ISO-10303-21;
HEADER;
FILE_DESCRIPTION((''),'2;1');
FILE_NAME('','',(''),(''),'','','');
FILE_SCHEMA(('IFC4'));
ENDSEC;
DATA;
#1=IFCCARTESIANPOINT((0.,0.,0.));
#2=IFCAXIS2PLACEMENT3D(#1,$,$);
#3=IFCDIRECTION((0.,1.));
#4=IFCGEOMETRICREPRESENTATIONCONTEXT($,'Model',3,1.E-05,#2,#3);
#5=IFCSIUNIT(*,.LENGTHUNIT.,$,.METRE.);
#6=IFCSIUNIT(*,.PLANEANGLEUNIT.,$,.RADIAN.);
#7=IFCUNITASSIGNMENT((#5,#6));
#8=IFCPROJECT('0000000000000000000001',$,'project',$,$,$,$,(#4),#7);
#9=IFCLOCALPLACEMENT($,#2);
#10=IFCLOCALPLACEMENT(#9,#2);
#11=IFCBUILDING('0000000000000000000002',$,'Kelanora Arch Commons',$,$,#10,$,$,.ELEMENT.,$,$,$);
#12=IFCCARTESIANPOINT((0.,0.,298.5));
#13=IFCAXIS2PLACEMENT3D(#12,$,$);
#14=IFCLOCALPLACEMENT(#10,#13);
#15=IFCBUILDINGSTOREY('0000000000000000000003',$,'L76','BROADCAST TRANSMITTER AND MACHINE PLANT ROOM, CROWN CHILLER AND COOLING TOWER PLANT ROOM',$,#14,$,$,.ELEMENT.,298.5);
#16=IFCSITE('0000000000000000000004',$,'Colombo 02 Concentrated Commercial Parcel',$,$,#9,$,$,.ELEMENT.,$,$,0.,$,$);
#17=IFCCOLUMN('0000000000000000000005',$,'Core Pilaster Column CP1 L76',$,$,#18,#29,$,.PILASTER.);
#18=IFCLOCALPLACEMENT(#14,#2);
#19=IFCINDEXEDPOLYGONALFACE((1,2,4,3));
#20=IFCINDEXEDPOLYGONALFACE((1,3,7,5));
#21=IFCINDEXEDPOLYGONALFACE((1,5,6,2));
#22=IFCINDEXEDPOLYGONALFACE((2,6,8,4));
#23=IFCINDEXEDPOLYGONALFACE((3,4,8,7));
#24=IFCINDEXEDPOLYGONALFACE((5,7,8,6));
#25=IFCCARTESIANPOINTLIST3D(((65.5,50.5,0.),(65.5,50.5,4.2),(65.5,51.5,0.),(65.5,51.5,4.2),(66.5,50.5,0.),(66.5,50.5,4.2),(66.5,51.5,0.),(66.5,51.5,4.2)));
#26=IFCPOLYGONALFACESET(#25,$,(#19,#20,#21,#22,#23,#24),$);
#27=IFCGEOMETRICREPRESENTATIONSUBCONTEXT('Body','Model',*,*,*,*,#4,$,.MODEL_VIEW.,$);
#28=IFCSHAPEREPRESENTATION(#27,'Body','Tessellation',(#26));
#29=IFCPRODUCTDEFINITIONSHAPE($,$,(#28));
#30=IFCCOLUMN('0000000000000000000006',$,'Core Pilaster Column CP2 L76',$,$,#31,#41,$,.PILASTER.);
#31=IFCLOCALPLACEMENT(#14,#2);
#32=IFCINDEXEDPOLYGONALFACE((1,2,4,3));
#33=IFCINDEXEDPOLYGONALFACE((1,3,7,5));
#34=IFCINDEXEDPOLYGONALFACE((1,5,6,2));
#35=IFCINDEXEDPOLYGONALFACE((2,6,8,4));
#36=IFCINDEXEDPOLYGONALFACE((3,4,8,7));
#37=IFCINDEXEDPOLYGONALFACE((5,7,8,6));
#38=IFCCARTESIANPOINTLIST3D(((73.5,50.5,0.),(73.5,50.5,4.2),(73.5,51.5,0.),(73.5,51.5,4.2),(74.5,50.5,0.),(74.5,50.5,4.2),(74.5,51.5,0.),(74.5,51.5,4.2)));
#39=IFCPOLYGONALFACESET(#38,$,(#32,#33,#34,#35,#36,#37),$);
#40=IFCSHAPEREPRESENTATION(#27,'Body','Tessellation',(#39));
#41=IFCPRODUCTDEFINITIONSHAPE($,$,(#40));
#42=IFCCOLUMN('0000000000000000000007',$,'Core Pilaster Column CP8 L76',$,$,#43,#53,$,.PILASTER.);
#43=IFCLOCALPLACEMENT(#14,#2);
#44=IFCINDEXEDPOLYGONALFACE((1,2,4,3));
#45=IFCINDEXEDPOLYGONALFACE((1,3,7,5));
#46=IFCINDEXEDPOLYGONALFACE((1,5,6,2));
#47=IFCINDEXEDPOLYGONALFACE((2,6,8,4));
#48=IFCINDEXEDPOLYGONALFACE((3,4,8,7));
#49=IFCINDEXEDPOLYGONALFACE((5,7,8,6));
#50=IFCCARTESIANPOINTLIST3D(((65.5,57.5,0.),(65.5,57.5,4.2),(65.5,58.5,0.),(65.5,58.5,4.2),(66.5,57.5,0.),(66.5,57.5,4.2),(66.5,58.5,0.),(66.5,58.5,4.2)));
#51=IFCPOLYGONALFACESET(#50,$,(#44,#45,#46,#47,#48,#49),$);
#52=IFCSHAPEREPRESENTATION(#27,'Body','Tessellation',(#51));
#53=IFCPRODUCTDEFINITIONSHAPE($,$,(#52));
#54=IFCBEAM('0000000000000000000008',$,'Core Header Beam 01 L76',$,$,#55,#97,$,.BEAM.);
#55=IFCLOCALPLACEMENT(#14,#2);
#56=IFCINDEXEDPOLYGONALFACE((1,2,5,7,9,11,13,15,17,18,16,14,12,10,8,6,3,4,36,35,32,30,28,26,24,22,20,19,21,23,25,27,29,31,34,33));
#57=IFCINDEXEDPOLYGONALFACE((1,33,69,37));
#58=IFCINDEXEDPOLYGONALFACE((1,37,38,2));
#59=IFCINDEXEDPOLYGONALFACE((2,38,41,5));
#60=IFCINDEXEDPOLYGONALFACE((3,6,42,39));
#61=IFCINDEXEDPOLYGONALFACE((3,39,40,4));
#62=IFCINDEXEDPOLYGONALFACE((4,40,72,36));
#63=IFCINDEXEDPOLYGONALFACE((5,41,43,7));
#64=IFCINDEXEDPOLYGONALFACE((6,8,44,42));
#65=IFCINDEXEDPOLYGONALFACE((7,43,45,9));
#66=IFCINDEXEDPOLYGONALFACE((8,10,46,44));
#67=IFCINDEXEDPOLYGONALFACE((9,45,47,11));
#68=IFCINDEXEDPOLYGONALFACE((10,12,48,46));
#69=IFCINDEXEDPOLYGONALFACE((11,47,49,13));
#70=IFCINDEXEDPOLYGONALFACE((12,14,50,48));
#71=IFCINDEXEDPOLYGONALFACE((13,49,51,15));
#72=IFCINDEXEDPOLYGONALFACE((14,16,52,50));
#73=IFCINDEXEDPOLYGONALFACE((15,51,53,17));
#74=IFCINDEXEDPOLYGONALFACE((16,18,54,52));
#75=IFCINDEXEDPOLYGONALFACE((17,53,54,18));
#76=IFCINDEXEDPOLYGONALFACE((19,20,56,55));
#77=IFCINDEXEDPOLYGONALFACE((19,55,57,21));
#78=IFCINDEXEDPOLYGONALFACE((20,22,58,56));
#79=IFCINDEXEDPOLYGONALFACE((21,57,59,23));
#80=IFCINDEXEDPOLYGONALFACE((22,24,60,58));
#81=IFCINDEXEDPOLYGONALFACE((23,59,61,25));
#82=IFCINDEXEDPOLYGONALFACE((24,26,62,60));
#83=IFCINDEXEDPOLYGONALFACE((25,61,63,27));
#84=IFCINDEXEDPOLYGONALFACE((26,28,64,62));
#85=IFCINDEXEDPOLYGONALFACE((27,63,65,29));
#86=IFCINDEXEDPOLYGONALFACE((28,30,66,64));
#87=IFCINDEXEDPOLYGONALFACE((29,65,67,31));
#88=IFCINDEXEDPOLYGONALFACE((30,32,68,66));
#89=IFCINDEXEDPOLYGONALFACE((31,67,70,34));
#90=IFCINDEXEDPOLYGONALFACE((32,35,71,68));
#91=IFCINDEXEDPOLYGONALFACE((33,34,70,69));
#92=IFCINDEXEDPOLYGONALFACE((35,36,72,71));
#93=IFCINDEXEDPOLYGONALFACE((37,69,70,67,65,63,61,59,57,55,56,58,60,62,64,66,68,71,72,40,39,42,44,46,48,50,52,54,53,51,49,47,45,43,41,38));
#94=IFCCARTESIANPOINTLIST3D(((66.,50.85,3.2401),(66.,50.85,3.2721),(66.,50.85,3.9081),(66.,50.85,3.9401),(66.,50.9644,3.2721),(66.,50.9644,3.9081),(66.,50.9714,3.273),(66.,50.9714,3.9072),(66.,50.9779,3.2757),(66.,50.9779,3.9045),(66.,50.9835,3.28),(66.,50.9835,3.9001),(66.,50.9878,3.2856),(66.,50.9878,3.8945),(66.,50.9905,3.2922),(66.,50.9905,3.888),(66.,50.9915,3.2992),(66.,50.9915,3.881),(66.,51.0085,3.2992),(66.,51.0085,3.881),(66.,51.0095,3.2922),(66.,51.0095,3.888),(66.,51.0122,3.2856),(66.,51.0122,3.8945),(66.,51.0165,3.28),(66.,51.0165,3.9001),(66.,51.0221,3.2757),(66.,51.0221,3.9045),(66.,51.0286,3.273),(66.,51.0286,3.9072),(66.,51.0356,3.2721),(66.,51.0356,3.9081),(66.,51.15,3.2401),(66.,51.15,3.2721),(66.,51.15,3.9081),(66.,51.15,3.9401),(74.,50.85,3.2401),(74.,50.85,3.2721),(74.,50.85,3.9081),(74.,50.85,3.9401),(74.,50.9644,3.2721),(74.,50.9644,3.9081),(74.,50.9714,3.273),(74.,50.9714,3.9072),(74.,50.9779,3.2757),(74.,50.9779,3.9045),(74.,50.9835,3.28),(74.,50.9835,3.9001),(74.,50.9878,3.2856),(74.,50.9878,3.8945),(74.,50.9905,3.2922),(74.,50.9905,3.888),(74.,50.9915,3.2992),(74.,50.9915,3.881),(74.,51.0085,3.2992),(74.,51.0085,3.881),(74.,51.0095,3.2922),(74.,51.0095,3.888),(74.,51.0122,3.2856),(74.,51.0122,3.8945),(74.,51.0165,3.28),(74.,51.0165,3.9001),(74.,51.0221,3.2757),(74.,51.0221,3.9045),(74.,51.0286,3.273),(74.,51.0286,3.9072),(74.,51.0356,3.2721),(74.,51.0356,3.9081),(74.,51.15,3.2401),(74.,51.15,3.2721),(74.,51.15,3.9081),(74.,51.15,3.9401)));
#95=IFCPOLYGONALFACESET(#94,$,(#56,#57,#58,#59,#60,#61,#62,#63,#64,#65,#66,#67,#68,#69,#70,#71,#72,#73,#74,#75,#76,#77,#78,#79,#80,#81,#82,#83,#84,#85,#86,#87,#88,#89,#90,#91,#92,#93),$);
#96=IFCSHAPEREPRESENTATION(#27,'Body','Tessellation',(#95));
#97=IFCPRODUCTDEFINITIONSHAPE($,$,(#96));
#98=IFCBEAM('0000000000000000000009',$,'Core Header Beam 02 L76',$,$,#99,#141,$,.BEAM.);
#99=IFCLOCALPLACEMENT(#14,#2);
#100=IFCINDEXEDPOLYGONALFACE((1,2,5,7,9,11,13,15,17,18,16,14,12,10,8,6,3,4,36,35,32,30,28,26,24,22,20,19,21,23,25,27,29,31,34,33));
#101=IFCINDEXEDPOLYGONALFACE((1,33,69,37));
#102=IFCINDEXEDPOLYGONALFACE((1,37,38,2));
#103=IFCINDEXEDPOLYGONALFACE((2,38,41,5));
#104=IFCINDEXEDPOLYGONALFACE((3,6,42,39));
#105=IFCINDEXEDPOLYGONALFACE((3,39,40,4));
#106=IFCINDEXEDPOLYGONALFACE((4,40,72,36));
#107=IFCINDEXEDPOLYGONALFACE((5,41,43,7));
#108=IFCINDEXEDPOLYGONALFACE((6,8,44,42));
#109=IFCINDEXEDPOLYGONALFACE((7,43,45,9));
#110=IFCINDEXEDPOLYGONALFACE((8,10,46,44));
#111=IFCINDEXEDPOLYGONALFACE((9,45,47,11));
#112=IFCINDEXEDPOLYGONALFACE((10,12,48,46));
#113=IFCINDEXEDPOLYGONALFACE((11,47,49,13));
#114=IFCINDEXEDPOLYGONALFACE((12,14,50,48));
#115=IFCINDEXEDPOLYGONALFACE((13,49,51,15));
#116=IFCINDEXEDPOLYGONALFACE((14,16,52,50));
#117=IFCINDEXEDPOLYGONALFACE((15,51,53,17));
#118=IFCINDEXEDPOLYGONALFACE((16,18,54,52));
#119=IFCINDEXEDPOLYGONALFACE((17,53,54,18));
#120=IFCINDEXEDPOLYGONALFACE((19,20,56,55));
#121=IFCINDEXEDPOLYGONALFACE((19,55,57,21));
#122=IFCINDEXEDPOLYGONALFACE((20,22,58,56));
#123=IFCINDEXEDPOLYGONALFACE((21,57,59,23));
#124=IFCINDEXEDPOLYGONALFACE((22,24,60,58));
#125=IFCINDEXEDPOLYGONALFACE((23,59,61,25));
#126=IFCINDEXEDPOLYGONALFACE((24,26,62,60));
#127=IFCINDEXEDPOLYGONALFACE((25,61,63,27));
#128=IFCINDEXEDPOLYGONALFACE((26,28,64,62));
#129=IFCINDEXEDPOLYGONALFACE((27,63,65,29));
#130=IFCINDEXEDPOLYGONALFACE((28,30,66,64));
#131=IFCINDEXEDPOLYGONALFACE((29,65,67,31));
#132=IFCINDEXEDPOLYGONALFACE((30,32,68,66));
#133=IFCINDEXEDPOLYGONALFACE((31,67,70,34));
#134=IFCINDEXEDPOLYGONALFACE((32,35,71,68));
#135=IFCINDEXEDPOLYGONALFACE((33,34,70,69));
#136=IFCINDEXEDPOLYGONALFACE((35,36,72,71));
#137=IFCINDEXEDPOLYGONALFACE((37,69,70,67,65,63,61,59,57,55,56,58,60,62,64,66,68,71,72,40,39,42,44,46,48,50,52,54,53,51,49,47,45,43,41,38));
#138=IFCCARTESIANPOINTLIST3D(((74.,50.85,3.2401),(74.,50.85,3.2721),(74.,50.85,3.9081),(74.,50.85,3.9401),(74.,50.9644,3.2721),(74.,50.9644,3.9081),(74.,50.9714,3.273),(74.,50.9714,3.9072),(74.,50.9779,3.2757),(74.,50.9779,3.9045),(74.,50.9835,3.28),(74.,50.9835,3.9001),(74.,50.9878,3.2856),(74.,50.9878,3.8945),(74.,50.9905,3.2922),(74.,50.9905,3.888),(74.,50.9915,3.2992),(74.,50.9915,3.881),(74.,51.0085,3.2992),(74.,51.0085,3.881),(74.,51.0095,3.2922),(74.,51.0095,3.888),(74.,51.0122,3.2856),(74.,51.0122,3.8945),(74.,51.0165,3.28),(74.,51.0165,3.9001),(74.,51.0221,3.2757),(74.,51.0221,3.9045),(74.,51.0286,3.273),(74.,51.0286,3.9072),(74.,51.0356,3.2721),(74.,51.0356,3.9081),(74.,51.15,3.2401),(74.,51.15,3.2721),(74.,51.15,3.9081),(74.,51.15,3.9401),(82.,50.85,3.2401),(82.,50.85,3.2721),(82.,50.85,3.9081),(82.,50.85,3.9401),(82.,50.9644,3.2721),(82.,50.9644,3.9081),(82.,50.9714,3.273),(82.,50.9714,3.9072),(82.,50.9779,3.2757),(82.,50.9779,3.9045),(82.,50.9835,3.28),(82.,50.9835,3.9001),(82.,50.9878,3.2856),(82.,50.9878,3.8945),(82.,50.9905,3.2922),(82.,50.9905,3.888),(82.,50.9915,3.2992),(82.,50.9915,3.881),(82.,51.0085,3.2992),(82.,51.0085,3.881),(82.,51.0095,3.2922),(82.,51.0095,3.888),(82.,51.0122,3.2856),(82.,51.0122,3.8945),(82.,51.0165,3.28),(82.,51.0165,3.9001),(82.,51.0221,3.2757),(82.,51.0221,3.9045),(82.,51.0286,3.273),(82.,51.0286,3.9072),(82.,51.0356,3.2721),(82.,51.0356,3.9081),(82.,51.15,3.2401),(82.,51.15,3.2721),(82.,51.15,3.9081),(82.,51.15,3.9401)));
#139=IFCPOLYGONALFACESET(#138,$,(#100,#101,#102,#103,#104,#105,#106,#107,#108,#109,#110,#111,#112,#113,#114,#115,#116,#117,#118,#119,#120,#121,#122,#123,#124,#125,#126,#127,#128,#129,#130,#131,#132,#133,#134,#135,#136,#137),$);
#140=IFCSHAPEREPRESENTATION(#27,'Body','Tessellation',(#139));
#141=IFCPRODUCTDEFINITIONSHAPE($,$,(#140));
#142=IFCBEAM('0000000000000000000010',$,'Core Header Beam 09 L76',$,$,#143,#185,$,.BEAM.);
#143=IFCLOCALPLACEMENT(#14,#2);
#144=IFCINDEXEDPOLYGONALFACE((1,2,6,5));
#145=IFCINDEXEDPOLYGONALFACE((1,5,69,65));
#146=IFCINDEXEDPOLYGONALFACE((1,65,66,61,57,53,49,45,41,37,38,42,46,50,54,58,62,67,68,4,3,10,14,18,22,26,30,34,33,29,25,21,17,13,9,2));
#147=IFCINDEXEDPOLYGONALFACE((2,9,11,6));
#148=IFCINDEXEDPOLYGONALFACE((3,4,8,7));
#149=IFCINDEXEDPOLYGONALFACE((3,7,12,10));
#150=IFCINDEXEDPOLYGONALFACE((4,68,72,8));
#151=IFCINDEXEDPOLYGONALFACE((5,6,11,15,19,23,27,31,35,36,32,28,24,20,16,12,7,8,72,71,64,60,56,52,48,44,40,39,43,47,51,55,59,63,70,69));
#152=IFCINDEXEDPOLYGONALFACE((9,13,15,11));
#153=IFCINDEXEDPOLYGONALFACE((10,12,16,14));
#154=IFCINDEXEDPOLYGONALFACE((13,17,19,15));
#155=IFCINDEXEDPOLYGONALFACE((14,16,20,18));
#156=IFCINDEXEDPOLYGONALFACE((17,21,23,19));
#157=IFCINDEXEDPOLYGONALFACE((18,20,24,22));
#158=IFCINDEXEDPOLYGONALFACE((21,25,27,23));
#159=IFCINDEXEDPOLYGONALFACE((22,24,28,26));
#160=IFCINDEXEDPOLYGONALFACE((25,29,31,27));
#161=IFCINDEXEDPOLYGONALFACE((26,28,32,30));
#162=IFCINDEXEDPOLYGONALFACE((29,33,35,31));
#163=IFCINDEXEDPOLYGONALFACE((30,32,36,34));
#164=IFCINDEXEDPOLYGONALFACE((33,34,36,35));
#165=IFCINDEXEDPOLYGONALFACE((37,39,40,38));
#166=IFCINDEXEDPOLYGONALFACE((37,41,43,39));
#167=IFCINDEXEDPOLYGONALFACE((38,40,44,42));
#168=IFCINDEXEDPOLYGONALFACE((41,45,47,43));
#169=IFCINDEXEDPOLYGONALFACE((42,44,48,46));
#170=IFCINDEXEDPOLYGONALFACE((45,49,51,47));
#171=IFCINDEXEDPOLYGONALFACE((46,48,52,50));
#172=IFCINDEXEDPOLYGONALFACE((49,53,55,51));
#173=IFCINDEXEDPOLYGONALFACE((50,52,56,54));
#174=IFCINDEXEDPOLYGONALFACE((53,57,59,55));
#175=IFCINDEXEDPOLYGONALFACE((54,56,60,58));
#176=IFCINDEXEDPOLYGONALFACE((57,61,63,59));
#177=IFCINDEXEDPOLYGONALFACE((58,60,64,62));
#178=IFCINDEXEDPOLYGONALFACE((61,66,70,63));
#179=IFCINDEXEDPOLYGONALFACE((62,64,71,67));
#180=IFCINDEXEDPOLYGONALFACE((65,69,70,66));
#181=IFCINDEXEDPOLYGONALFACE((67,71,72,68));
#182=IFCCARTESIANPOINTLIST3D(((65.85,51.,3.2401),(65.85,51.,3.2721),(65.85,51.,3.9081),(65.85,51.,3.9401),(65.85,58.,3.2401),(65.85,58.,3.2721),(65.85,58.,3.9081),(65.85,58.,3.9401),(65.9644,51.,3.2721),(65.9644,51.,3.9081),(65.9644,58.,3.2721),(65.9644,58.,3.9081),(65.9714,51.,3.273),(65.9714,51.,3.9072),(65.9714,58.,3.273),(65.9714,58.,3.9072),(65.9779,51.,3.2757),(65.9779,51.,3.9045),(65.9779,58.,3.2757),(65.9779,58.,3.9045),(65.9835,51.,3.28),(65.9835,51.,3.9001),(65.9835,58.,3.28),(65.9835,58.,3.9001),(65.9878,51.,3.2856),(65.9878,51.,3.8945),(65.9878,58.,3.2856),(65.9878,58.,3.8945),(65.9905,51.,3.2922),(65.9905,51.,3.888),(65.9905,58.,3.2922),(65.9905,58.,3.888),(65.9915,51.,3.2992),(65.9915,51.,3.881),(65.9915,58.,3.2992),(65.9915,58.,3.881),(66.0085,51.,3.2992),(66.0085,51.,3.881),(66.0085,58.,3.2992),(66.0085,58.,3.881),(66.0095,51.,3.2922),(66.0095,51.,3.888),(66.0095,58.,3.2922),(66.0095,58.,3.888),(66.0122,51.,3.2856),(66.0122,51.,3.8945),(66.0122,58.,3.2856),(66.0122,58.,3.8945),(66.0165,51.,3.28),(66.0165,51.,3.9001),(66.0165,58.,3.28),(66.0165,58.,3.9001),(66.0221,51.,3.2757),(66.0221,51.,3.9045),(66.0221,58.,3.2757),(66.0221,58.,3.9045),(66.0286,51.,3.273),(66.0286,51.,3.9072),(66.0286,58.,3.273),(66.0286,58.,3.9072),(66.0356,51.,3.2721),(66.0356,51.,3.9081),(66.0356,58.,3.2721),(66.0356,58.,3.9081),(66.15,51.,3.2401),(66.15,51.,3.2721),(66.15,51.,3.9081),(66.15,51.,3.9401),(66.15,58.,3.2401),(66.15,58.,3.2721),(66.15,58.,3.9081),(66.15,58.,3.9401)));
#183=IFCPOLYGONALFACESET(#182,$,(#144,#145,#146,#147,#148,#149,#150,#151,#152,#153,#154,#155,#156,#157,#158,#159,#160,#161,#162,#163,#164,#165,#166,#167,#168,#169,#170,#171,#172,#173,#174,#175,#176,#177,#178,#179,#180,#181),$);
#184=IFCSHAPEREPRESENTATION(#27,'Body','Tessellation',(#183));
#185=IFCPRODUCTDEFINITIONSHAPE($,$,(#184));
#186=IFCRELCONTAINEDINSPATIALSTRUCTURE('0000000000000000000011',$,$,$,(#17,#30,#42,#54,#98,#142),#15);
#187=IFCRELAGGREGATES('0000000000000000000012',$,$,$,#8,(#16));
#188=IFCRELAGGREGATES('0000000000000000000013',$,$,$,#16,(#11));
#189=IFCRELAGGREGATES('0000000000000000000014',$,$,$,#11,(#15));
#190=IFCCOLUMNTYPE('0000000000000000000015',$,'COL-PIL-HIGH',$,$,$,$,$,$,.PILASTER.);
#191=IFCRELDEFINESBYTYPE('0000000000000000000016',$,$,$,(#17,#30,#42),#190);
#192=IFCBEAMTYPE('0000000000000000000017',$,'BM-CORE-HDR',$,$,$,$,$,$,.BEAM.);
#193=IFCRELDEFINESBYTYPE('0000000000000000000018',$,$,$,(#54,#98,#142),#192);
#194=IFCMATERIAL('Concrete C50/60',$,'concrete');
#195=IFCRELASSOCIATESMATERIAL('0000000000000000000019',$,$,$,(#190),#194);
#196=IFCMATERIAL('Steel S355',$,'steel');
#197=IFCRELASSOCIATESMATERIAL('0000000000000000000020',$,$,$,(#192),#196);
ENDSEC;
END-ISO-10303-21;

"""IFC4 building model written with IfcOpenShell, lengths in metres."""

from ifc_helpers import new_model, si_unit, direction, frame, origin, origin_2d, place, context, subcontext, project, spatial, rectangle, i_section, extrude, material, material_profile, profile_set, type_object, element, save


model = new_model("IFC4")

# Units and contexts
model_context = context("Model", 3, precision=1e-05, world=origin(), true_north=direction((0.0, 1.0)))
body_context = subcontext(model_context, "Body", "Model", "MODEL_VIEW")
ifc_project = project(units=[si_unit("LENGTHUNIT", "METRE"), si_unit("PLANEANGLEUNIT", "RADIAN")], contexts=[model_context])

# Site, building, storey
site_placement = place(None, origin())
site = spatial("IfcSite", under=ifc_project, at=site_placement, Name="Colombo 02 Concentrated Commercial Parcel", CompositionType="ELEMENT", RefElevation=0.0)
building_placement = place(site_placement, origin())
building = spatial("IfcBuilding", under=site, at=building_placement, Name="Kelanora Arch Commons", CompositionType="ELEMENT")
storey_placement = place(building_placement, frame((0.0, 0.0, 298.5)))
storey = spatial("IfcBuildingStorey", under=building, at=storey_placement, Name="L76", Description="BROADCAST TRANSMITTER AND MACHINE PLANT ROOM, CROWN CHILLER AND COOLING TOWER PLANT ROOM", CompositionType="ELEMENT", Elevation=298.5)

# Columns
ifc_material_1 = material(Name="Concrete C50/60", Category="concrete")
ifc_material_profile_1 = material_profile(ifc_material_1, rectangle(XDim=1.0, YDim=1.0, at=origin_2d()), Name="RC1000x1000")
ifc_profile_set_1 = profile_set([ifc_material_profile_1], Name="Concrete C50/60")
column_type = type_object("IfcColumnType", Name="COL-PIL-HIGH", PredefinedType="PILASTER", material=ifc_profile_set_1)
for number, where, z_axis, x_axis, name in (
    (1, (66.0, 51.0, 0.0), (0.0, 0.0, 1.0), (1.0, 0.0, 0.0), "Core Pilaster Column CP1 L76"),
    (2, (74.0, 51.0, 0.0), (0.0, 0.0, 1.0), (1.0, 0.0, 0.0), "Core Pilaster Column CP2 L76"),
    (3, (66.0, 58.0, 0.0), (0.0, 0.0, 1.0), (1.0, 0.0, 0.0), "Core Pilaster Column CP8 L76"),
):
    element("IfcColumn", number, at=place(storey_placement, frame(where, z_axis=z_axis, x_axis=x_axis)), inside=storey, type_object=column_type, Name=name, PredefinedType="PILASTER", context=body_context, shape_type="SweptSolid", body=[
        extrude(rectangle(XDim=1.0, YDim=1.0, at=origin_2d()), origin(), (0.0, 0.0, 1.0), 4.2),
    ])

# Beams
ifc_material_2 = material(Name="Steel S355", Category="steel")
ifc_material_profile_2 = material_profile(ifc_material_2, i_section(OverallWidth=0.3, OverallDepth=0.7, WebThickness=0.0171, FlangeThickness=0.032, FilletRadius=0.0271, at=origin_2d()), Name="HEB700")
ifc_profile_set_2 = profile_set([ifc_material_profile_2], Name="Steel S355")
beam_type_1 = type_object("IfcBeamType", Name="BM-CORE-HDR", PredefinedType="BEAM", material=ifc_profile_set_2)
for number, where, z_axis, x_axis, name in (
    (4, (66.0, 51.0, 3.5901), (1.0, 0.0, 0.0), (0.0, 1.0, 0.0), "Core Header Beam 01 L76"),
    (5, (74.0, 51.0, 3.5901), (1.0, 0.0, 0.0), (0.0, 1.0, 0.0), "Core Header Beam 02 L76"),
):
    element("IfcBeam", number, at=place(storey_placement, frame(where, z_axis=z_axis, x_axis=x_axis)), inside=storey, type_object=beam_type_1, Name=name, PredefinedType="BEAM", context=body_context, shape_type="SweptSolid", body=[
        extrude(i_section(OverallWidth=0.3, OverallDepth=0.7, WebThickness=0.0171, FlangeThickness=0.032, FilletRadius=0.0271, at=origin_2d()), origin(), (0.0, 0.0, 1.0), 8.0),
    ])
beam_1_placement = place(storey_placement, frame((66.0, 58.0, 3.5901), z_axis=(0.0, -1.0, 0.0), x_axis=(1.0, 0.0, 0.0)))
element("IfcBeam", 6, at=beam_1_placement, inside=storey, type_object=beam_type_1, Name="Core Header Beam 09 L76", PredefinedType="BEAM", context=body_context, shape_type="SweptSolid", body=[
    extrude(i_section(OverallWidth=0.3, OverallDepth=0.7, WebThickness=0.0171, FlangeThickness=0.032, FilletRadius=0.0271, at=origin_2d()), origin(), (0.0, 0.0, 1.0), 7.0),
])

save(model, "model.ifc")
